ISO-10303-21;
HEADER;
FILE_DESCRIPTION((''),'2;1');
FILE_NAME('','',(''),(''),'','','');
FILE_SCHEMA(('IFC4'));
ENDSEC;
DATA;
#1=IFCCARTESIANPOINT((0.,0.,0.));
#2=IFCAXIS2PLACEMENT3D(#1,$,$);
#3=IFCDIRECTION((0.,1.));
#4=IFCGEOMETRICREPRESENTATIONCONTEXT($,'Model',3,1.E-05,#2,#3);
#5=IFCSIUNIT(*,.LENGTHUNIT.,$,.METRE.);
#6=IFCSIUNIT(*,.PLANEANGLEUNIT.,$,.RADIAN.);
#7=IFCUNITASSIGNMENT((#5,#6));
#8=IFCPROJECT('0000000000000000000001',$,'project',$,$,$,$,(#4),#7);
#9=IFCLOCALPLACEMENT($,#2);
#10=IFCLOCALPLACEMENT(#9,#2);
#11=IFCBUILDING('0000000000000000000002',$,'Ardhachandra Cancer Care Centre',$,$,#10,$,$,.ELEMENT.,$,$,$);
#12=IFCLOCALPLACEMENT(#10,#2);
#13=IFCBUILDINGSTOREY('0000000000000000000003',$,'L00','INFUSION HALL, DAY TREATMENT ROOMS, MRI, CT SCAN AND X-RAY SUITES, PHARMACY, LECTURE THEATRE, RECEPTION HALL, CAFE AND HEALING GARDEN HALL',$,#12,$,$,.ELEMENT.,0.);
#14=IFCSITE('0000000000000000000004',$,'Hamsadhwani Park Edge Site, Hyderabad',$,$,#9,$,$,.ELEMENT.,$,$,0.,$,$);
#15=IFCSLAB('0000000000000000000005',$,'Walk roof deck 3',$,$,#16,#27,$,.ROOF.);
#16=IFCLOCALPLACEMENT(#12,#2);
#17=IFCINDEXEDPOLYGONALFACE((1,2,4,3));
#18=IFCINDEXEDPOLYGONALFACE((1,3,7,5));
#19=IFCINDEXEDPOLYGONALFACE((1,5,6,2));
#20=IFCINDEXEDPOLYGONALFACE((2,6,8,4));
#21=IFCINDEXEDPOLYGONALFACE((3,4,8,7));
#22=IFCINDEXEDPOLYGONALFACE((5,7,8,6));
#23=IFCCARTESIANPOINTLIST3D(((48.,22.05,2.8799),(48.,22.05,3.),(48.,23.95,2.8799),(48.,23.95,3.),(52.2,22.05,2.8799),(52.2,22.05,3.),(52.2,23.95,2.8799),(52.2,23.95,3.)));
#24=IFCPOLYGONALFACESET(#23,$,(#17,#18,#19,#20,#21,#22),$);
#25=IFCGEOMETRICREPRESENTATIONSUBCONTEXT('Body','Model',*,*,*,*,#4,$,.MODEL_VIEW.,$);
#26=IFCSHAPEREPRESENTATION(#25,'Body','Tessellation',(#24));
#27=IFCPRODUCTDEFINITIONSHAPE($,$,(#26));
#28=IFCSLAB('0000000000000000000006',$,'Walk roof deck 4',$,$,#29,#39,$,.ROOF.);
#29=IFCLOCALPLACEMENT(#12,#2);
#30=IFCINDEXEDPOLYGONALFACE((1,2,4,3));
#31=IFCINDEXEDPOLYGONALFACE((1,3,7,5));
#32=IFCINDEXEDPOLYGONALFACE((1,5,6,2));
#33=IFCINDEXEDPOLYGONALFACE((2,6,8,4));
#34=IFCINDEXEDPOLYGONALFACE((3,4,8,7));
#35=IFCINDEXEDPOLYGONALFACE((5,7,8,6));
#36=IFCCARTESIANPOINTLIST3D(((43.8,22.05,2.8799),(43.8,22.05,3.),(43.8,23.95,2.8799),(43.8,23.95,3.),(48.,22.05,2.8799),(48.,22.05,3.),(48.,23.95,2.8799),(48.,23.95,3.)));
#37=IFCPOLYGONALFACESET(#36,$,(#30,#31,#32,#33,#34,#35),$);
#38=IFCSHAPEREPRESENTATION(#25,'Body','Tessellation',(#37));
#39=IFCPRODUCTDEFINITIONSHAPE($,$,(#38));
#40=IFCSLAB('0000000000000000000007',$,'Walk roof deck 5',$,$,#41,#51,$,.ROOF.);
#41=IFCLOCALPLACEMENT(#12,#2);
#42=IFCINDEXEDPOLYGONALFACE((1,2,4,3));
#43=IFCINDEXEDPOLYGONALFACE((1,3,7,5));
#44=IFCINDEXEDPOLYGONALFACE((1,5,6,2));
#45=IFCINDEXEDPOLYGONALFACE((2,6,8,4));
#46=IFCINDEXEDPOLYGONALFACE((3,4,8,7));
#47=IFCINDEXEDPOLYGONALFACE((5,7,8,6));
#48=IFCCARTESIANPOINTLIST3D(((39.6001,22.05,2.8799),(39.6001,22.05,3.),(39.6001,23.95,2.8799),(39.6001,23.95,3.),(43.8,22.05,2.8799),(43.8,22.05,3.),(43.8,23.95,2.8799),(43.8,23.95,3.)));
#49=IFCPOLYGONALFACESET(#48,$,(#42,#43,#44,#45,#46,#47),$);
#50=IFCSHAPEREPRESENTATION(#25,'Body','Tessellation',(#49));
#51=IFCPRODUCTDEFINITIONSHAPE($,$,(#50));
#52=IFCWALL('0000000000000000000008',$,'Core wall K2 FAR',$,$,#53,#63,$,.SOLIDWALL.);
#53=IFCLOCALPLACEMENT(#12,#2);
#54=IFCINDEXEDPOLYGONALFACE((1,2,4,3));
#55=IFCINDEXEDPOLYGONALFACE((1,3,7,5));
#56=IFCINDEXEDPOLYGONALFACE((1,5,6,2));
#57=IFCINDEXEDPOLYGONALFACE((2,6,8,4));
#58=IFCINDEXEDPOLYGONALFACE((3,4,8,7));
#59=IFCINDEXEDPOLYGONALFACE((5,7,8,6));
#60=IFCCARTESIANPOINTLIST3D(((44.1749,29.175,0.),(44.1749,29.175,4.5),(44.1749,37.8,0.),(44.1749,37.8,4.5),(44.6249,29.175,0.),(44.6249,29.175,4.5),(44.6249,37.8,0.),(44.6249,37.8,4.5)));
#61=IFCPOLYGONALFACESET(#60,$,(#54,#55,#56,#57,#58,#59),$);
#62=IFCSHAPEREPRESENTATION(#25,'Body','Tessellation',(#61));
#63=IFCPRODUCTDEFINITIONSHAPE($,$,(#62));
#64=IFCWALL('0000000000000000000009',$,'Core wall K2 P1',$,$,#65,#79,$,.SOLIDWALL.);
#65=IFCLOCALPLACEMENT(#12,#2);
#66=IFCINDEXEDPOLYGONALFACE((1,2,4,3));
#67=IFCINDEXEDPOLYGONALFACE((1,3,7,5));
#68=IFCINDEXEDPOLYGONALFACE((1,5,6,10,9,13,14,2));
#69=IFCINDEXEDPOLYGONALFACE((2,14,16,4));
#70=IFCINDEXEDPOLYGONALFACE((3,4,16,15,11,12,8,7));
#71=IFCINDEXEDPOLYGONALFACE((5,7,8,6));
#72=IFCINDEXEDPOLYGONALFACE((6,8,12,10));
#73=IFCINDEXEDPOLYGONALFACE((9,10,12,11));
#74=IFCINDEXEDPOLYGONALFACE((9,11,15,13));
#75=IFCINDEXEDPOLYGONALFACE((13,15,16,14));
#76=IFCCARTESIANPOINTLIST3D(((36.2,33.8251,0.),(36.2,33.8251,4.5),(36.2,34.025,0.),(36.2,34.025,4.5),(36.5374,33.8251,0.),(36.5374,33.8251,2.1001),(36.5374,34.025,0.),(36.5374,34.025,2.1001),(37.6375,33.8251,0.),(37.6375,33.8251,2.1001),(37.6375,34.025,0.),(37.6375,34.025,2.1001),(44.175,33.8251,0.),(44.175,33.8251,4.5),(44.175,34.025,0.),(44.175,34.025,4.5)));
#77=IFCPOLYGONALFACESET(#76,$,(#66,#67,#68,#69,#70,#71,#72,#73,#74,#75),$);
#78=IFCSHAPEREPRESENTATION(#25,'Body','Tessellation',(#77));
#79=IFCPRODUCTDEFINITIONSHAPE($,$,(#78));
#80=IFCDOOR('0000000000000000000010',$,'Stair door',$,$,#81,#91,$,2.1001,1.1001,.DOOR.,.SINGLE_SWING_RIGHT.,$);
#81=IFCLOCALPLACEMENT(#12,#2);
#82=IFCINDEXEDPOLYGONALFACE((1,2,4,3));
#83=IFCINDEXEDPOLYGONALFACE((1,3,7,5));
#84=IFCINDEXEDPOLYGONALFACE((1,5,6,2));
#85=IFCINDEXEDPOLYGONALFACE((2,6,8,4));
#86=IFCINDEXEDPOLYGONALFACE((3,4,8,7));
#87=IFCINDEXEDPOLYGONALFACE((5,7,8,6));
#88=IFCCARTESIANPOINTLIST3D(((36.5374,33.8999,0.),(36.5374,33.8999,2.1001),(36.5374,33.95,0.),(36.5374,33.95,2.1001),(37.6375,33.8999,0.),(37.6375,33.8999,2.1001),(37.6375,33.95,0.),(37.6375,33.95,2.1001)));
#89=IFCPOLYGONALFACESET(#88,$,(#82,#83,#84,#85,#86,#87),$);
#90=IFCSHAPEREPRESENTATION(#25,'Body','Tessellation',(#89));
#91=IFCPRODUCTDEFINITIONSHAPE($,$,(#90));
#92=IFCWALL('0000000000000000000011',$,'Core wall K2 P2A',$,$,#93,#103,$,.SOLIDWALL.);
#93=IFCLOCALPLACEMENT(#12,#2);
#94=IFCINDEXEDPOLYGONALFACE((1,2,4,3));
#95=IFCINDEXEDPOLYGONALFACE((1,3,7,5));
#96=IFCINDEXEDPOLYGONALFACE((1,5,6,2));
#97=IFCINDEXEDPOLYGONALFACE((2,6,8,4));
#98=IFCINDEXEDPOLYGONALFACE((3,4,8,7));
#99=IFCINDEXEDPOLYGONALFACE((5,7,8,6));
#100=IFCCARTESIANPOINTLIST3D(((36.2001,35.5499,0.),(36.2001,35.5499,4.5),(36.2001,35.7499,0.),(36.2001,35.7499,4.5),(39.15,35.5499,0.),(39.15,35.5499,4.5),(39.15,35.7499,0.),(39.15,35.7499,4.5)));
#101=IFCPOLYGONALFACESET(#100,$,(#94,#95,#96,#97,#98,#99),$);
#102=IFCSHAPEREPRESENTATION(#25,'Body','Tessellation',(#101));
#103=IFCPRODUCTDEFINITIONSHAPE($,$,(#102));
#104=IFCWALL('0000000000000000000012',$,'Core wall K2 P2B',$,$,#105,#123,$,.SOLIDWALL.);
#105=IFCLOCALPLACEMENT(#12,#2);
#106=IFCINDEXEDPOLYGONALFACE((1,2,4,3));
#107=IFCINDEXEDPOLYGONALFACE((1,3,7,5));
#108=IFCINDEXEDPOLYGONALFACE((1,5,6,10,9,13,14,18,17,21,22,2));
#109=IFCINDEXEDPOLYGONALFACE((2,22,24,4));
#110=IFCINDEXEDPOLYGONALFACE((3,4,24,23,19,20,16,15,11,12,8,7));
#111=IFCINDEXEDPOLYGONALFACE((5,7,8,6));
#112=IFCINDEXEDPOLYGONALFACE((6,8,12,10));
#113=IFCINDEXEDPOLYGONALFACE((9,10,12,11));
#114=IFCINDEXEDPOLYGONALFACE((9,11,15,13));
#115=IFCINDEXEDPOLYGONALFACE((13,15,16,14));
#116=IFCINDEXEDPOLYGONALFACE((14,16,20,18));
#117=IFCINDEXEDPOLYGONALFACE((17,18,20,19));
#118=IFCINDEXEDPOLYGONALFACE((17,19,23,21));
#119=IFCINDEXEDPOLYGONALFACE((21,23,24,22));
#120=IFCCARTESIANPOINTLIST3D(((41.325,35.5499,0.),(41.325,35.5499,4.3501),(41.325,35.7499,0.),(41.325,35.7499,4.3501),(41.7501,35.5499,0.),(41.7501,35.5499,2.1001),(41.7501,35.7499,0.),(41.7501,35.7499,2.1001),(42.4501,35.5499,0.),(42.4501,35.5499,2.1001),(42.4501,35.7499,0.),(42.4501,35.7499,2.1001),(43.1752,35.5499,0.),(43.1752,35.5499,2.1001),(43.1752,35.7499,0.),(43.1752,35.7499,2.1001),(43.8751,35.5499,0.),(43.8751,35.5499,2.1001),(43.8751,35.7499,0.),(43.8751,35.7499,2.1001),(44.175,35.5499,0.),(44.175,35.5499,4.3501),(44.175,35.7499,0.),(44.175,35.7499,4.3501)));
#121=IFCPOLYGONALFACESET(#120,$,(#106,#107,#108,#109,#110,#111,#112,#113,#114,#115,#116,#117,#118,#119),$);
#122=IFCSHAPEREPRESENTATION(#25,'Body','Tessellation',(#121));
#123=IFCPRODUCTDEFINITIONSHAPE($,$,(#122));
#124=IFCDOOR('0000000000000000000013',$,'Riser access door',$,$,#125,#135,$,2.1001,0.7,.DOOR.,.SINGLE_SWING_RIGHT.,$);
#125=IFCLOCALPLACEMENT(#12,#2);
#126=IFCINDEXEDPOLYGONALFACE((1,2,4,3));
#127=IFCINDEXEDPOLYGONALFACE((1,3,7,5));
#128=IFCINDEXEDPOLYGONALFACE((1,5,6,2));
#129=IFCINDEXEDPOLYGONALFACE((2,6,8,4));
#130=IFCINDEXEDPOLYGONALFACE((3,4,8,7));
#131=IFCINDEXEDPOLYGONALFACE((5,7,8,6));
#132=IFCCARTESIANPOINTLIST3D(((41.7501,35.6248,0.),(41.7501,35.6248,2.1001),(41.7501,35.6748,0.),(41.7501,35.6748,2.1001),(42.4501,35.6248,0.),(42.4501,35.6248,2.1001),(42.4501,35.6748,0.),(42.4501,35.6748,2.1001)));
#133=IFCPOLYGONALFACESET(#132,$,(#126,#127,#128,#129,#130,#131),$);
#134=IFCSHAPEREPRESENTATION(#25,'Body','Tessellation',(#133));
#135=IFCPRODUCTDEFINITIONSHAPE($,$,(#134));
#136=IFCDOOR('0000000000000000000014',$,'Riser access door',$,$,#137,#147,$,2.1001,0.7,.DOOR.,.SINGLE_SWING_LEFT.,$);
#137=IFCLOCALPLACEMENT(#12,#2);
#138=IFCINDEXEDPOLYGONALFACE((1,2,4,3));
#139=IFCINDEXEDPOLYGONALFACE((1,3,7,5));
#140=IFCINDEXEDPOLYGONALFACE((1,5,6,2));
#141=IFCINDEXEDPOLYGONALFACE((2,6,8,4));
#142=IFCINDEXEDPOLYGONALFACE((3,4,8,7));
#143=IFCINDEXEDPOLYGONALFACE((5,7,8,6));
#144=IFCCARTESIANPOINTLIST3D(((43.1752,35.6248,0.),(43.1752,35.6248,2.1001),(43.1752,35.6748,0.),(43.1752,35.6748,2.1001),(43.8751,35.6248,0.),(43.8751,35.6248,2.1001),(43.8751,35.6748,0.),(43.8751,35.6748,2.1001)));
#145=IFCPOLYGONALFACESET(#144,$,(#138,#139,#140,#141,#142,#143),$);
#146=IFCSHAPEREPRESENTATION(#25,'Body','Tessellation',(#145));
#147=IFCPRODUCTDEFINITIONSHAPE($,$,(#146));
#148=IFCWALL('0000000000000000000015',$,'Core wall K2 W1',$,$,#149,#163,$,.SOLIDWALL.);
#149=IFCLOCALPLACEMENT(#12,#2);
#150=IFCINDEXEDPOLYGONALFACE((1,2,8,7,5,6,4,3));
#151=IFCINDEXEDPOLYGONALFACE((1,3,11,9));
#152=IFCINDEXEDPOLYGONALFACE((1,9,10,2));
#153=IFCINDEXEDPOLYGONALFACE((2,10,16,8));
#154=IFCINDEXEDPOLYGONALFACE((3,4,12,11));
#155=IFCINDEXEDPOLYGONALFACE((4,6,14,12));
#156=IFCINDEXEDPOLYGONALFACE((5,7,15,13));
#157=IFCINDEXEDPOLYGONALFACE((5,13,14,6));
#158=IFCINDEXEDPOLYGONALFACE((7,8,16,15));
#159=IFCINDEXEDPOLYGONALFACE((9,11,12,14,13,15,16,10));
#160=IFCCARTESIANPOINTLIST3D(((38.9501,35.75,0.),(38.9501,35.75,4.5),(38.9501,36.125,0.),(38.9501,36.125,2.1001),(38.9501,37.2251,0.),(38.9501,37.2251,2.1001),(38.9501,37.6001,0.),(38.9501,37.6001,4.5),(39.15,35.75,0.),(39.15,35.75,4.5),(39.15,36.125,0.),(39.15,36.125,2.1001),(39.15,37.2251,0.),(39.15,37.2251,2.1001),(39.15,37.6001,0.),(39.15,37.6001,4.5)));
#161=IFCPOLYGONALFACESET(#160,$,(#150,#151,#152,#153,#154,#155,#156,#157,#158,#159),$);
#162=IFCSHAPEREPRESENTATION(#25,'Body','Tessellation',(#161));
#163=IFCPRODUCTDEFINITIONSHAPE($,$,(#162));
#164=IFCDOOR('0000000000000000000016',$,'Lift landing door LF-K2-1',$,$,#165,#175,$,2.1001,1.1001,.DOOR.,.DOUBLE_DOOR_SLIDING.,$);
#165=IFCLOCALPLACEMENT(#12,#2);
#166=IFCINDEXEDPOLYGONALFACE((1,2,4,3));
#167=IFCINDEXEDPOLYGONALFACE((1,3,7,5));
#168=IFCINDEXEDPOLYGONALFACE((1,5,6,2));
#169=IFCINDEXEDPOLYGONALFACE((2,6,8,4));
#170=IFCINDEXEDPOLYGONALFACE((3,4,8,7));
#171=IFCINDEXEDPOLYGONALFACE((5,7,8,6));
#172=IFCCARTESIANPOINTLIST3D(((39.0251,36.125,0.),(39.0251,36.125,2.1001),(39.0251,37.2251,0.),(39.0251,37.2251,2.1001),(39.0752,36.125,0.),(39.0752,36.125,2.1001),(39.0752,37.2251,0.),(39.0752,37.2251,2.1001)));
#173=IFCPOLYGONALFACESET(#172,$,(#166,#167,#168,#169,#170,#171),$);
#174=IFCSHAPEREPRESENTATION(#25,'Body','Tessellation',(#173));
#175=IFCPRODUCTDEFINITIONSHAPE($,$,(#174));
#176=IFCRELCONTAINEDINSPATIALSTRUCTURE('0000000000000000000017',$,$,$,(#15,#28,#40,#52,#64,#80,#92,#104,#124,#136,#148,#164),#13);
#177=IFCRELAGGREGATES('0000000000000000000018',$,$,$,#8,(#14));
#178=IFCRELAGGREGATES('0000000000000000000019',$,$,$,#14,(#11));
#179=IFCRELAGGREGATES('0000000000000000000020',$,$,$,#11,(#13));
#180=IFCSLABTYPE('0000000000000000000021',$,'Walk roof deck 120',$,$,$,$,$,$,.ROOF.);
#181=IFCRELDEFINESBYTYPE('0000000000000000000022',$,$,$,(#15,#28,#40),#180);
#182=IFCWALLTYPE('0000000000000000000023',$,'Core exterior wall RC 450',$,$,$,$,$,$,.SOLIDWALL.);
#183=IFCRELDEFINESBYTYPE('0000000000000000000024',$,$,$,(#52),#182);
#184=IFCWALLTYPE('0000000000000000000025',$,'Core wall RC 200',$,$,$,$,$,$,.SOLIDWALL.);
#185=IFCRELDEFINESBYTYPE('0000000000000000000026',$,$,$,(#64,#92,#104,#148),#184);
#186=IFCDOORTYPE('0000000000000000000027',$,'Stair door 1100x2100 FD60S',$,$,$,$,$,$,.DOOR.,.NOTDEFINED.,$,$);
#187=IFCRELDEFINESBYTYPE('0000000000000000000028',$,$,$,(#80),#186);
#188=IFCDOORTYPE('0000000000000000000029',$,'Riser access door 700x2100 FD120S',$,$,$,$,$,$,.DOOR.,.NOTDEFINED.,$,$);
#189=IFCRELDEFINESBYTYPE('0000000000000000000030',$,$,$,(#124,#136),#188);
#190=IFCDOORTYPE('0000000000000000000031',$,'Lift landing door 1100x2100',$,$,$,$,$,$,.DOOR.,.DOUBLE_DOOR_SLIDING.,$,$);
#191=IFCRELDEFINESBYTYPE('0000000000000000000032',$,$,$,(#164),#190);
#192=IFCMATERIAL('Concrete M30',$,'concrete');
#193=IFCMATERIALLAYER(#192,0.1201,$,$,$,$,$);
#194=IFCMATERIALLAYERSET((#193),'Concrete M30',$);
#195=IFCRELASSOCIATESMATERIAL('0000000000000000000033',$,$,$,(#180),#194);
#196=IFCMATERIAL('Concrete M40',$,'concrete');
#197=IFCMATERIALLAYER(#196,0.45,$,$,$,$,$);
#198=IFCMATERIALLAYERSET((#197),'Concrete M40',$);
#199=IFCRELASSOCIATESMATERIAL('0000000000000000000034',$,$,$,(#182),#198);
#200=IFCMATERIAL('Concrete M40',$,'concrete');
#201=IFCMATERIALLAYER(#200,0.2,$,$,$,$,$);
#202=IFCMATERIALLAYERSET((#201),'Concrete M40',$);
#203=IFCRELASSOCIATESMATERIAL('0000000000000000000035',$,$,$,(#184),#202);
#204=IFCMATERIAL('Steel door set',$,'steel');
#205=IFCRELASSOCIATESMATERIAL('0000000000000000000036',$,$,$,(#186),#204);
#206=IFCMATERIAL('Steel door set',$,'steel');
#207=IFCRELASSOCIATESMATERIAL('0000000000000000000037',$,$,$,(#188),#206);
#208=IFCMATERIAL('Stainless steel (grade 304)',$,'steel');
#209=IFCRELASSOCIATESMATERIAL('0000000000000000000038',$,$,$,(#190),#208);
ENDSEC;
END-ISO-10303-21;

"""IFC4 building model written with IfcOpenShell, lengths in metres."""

from ifc_helpers import new_model, si_unit, direction, frame, frame_2d, origin, place, context, subcontext, project, spatial, polyline, rectangle, outline, extrude, material, layer, layer_set, type_object, element, fill, save


model = new_model("IFC4")

# Units and contexts
model_context = context("Model", 3, precision=1e-05, world=origin(), true_north=direction((0.0, 1.0)))
body_context = subcontext(model_context, "Body", "Model", "MODEL_VIEW")
ifc_project = project(units=[si_unit("LENGTHUNIT", "METRE"), si_unit("PLANEANGLEUNIT", "RADIAN")], contexts=[model_context])

# Site, building, storey
site_placement = place(None, origin())
site = spatial("IfcSite", under=ifc_project, at=site_placement, Name="Hamsadhwani Park Edge Site, Hyderabad", CompositionType="ELEMENT", RefElevation=0.0)
building_placement = place(site_placement, origin())
building = spatial("IfcBuilding", under=site, at=building_placement, Name="Ardhachandra Cancer Care Centre", CompositionType="ELEMENT")
storey_placement = place(building_placement, origin())
storey = spatial("IfcBuildingStorey", under=building, at=storey_placement, Name="L00", Description="INFUSION HALL, DAY TREATMENT ROOMS, MRI, CT SCAN AND X-RAY SUITES, PHARMACY, LECTURE THEATRE, RECEPTION HALL, CAFE AND HEALING GARDEN HALL", CompositionType="ELEMENT", Elevation=0.0)

# Slabs
ifc_material_1 = material(Name="Concrete M30", Category="concrete")
ifc_layer_1 = layer(ifc_material_1, 0.1201)
ifc_layer_set_1 = layer_set([ifc_layer_1], Name="Concrete M30")
slab_type = type_object("IfcSlabType", Name="Walk roof deck 120", PredefinedType="ROOF", material=ifc_layer_set_1)
for number, where, z_axis, x_axis, name in (
    (1, (48.0, 22.05, 3.0), (0.0, 0.0, 1.0), (1.0, 0.0, 0.0), "Walk roof deck 3"),
    (2, (43.8, 22.05, 3.0), (0.0, 0.0, 1.0), (1.0, 0.0, 0.0), "Walk roof deck 4"),
    (3, (39.6001, 22.05, 3.0), (0.0, 0.0, 1.0), (1.0, 0.0, 0.0), "Walk roof deck 5"),
):
    element("IfcSlab", number, at=place(storey_placement, frame(where, z_axis=z_axis, x_axis=x_axis)), inside=storey, type_object=slab_type, Name=name, PredefinedType="ROOF", context=body_context, shape_type="SweptSolid", body=[
        extrude(outline(polyline([(0.0, 0.0), (4.2, 0.0), (4.2, 1.8999), (0.0, 1.8999), (0.0, 0.0)])), origin(), (0.0, 0.0, -1.0), 0.1201),
    ])

# Wall
ifc_material_2 = material(Name="Concrete M40", Category="concrete")
ifc_layer_2 = layer(ifc_material_2, 0.45)
ifc_layer_set_2 = layer_set([ifc_layer_2], Name="Concrete M40")
wall_type_1 = type_object("IfcWallType", Name="Core exterior wall RC 450", PredefinedType="SOLIDWALL", material=ifc_layer_set_2)
wall_1_placement = place(storey_placement, frame((44.3999, 29.175, 0.0), z_axis=(0.0, 0.0, 1.0), x_axis=(0.0, 1.0, 0.0)))
element("IfcWall", 4, at=wall_1_placement, inside=storey, type_object=wall_type_1, Name="Core wall K2 FAR", PredefinedType="SOLIDWALL", context=body_context, shape_type="SweptSolid", body=[
    extrude(rectangle(XDim=8.625, YDim=0.45, at=frame_2d((4.3125, 0.0))), origin(), (0.0, 0.0, 1.0), 4.5),
])

# Wall, opening, door
ifc_material_3 = material(Name="Concrete M40", Category="concrete")
ifc_layer_3 = layer(ifc_material_3, 0.2)
ifc_layer_set_3 = layer_set([ifc_layer_3], Name="Concrete M40")
wall_type_2 = type_object("IfcWallType", Name="Core wall RC 200", PredefinedType="SOLIDWALL", material=ifc_layer_set_3)
wall_2_placement = place(storey_placement, frame((36.2, 33.925, 0.0), z_axis=(0.0, 0.0, 1.0), x_axis=(1.0, 0.0, 0.0)))
wall_2 = element("IfcWall", 5, at=wall_2_placement, inside=storey, type_object=wall_type_2, Name="Core wall K2 P1", PredefinedType="SOLIDWALL", context=body_context, shape_type="SweptSolid", body=[
    extrude(rectangle(XDim=7.9751, YDim=0.2, at=frame_2d((3.9875, 0.0))), origin(), (0.0, 0.0, 1.0), 4.5),
])
opening_1_placement = place(wall_2_placement, frame((0.3374, 0.0, 0.0)))
opening_1 = element("IfcOpeningElement", 6, at=opening_1_placement, cuts=wall_2, PredefinedType="OPENING", context=body_context, shape_type="SweptSolid", body=[
    extrude(rectangle(XDim=1.1001, YDim=2.1001, at=frame_2d((0.55, 1.05))), frame((0.0, 0.1099, 0.0), z_axis=(0.0, -1.0, 0.0), x_axis=(1.0, 0.0, 0.0)), (0.0, 0.0, 1.0), 0.22),
])
ifc_material_4 = material(Name="Steel door set", Category="steel")
door_type_1 = type_object("IfcDoorType", Name="Stair door 1100x2100 FD60S", OperationType="NOTDEFINED", PredefinedType="DOOR", material=ifc_material_4)
door_1_placement = place(opening_1_placement, origin())
door_1 = element("IfcDoor", 7, at=door_1_placement, inside=storey, type_object=door_type_1, Name="Stair door", OperationType="SINGLE_SWING_RIGHT", OverallHeight=2.1001, OverallWidth=1.1001, PredefinedType="DOOR", context=body_context, shape_type="SweptSolid", body=[
    extrude(rectangle(XDim=1.1001, YDim=2.1001, at=frame_2d((0.55, 1.05))), frame((0.0, 0.0249, 0.0), z_axis=(0.0, -1.0, 0.0), x_axis=(1.0, 0.0, 0.0)), (0.0, 0.0, 1.0), 0.05),
])
fill(opening_1, door_1)

# Wall
wall_3_placement = place(storey_placement, frame((36.2, 35.6499, 0.0), z_axis=(0.0, 0.0, 1.0), x_axis=(1.0, 0.0, 0.0)))
element("IfcWall", 8, at=wall_3_placement, inside=storey, type_object=wall_type_2, Name="Core wall K2 P2A", PredefinedType="SOLIDWALL", context=body_context, shape_type="SweptSolid", body=[
    extrude(rectangle(XDim=2.95, YDim=0.2, at=frame_2d((1.4751, 0.0))), origin(), (0.0, 0.0, 1.0), 4.5),
])

# Wall, openings, doors
wall_4_placement = place(storey_placement, frame((41.325, 35.6499, 0.0), z_axis=(0.0, 0.0, 1.0), x_axis=(1.0, 0.0, 0.0)))
wall_4 = element("IfcWall", 9, at=wall_4_placement, inside=storey, type_object=wall_type_2, Name="Core wall K2 P2B", PredefinedType="SOLIDWALL", context=body_context, shape_type="SweptSolid", body=[
    extrude(rectangle(XDim=2.8501, YDim=0.2, at=frame_2d((1.425, 0.0))), origin(), (0.0, 0.0, 1.0), 4.3501),
])
opening_2_placement = place(wall_4_placement, frame((0.425, 0.0, 0.0)))
opening_2 = element("IfcOpeningElement", 10, at=opening_2_placement, cuts=wall_4, PredefinedType="OPENING", context=body_context, shape_type="SweptSolid", body=[
    extrude(rectangle(XDim=0.7, YDim=2.1001, at=frame_2d((0.3501, 1.05))), frame((0.0, 0.1099, 0.0), z_axis=(0.0, -1.0, 0.0), x_axis=(1.0, 0.0, 0.0)), (0.0, 0.0, 1.0), 0.22),
])
opening_3_placement = place(wall_4_placement, frame((1.8501, 0.0, 0.0)))
opening_3 = element("IfcOpeningElement", 11, at=opening_3_placement, cuts=wall_4, PredefinedType="OPENING", context=body_context, shape_type="SweptSolid", body=[
    extrude(rectangle(XDim=0.7, YDim=2.1001, at=frame_2d((0.3501, 1.05))), frame((0.0, 0.1099, 0.0), z_axis=(0.0, -1.0, 0.0), x_axis=(1.0, 0.0, 0.0)), (0.0, 0.0, 1.0), 0.22),
])
ifc_material_5 = material(Name="Steel door set", Category="steel")
door_type_2 = type_object("IfcDoorType", Name="Riser access door 700x2100 FD120S", OperationType="NOTDEFINED", PredefinedType="DOOR", material=ifc_material_5)
door_2_placement = place(opening_2_placement, origin())
door_2 = element("IfcDoor", 12, at=door_2_placement, inside=storey, type_object=door_type_2, Name="Riser access door", OperationType="SINGLE_SWING_RIGHT", OverallHeight=2.1001, OverallWidth=0.7, PredefinedType="DOOR", context=body_context, shape_type="SweptSolid", body=[
    extrude(rectangle(XDim=0.7, YDim=2.1001, at=frame_2d((0.3501, 1.05))), frame((0.0, 0.0249, 0.0), z_axis=(0.0, -1.0, 0.0), x_axis=(1.0, 0.0, 0.0)), (0.0, 0.0, 1.0), 0.05),
])
fill(opening_2, door_2)
door_3_placement = place(opening_3_placement, origin())
door_3 = element("IfcDoor", 13, at=door_3_placement, inside=storey, type_object=door_type_2, Name="Riser access door", OperationType="SINGLE_SWING_LEFT", OverallHeight=2.1001, OverallWidth=0.7, PredefinedType="DOOR", context=body_context, shape_type="SweptSolid", body=[
    extrude(rectangle(XDim=0.7, YDim=2.1001, at=frame_2d((0.3501, 1.05))), frame((0.0, 0.0249, 0.0), z_axis=(0.0, -1.0, 0.0), x_axis=(1.0, 0.0, 0.0)), (0.0, 0.0, 1.0), 0.05),
])
fill(opening_3, door_3)

# Wall, opening, door
wall_5_placement = place(storey_placement, frame((39.05, 35.75, 0.0), z_axis=(0.0, 0.0, 1.0), x_axis=(0.0, 1.0, 0.0)))
wall_5 = element("IfcWall", 14, at=wall_5_placement, inside=storey, type_object=wall_type_2, Name="Core wall K2 W1", PredefinedType="SOLIDWALL", context=body_context, shape_type="SweptSolid", body=[
    extrude(rectangle(XDim=1.8501, YDim=0.2, at=frame_2d((0.925, 0.0))), origin(), (0.0, 0.0, 1.0), 4.5),
])
opening_4_placement = place(wall_5_placement, frame((0.375, 0.0, 0.0)))
opening_4 = element("IfcOpeningElement", 15, at=opening_4_placement, cuts=wall_5, PredefinedType="OPENING", context=body_context, shape_type="SweptSolid", body=[
    extrude(rectangle(XDim=1.1001, YDim=2.1001, at=frame_2d((0.55, 1.05))), frame((0.0, 0.1099, 0.0), z_axis=(0.0, -1.0, 0.0), x_axis=(1.0, 0.0, 0.0)), (0.0, 0.0, 1.0), 0.22),
])
ifc_material_6 = material(Name="Stainless steel (grade 304)", Category="steel")
door_type_3 = type_object("IfcDoorType", Name="Lift landing door 1100x2100", OperationType="DOUBLE_DOOR_SLIDING", PredefinedType="DOOR", material=ifc_material_6)
door_4_placement = place(opening_4_placement, origin())
door_4 = element("IfcDoor", 16, at=door_4_placement, inside=storey, type_object=door_type_3, Name="Lift landing door LF-K2-1", OperationType="DOUBLE_DOOR_SLIDING", OverallHeight=2.1001, OverallWidth=1.1001, PredefinedType="DOOR", context=body_context, shape_type="SweptSolid", body=[
    extrude(rectangle(XDim=1.1001, YDim=2.1001, at=frame_2d((0.55, 1.05))), frame((0.0, 0.0249, 0.0), z_axis=(0.0, -1.0, 0.0), x_axis=(1.0, 0.0, 0.0)), (0.0, 0.0, 1.0), 0.05),
])
fill(opening_4, door_4)

save(model, "model.ifc")
